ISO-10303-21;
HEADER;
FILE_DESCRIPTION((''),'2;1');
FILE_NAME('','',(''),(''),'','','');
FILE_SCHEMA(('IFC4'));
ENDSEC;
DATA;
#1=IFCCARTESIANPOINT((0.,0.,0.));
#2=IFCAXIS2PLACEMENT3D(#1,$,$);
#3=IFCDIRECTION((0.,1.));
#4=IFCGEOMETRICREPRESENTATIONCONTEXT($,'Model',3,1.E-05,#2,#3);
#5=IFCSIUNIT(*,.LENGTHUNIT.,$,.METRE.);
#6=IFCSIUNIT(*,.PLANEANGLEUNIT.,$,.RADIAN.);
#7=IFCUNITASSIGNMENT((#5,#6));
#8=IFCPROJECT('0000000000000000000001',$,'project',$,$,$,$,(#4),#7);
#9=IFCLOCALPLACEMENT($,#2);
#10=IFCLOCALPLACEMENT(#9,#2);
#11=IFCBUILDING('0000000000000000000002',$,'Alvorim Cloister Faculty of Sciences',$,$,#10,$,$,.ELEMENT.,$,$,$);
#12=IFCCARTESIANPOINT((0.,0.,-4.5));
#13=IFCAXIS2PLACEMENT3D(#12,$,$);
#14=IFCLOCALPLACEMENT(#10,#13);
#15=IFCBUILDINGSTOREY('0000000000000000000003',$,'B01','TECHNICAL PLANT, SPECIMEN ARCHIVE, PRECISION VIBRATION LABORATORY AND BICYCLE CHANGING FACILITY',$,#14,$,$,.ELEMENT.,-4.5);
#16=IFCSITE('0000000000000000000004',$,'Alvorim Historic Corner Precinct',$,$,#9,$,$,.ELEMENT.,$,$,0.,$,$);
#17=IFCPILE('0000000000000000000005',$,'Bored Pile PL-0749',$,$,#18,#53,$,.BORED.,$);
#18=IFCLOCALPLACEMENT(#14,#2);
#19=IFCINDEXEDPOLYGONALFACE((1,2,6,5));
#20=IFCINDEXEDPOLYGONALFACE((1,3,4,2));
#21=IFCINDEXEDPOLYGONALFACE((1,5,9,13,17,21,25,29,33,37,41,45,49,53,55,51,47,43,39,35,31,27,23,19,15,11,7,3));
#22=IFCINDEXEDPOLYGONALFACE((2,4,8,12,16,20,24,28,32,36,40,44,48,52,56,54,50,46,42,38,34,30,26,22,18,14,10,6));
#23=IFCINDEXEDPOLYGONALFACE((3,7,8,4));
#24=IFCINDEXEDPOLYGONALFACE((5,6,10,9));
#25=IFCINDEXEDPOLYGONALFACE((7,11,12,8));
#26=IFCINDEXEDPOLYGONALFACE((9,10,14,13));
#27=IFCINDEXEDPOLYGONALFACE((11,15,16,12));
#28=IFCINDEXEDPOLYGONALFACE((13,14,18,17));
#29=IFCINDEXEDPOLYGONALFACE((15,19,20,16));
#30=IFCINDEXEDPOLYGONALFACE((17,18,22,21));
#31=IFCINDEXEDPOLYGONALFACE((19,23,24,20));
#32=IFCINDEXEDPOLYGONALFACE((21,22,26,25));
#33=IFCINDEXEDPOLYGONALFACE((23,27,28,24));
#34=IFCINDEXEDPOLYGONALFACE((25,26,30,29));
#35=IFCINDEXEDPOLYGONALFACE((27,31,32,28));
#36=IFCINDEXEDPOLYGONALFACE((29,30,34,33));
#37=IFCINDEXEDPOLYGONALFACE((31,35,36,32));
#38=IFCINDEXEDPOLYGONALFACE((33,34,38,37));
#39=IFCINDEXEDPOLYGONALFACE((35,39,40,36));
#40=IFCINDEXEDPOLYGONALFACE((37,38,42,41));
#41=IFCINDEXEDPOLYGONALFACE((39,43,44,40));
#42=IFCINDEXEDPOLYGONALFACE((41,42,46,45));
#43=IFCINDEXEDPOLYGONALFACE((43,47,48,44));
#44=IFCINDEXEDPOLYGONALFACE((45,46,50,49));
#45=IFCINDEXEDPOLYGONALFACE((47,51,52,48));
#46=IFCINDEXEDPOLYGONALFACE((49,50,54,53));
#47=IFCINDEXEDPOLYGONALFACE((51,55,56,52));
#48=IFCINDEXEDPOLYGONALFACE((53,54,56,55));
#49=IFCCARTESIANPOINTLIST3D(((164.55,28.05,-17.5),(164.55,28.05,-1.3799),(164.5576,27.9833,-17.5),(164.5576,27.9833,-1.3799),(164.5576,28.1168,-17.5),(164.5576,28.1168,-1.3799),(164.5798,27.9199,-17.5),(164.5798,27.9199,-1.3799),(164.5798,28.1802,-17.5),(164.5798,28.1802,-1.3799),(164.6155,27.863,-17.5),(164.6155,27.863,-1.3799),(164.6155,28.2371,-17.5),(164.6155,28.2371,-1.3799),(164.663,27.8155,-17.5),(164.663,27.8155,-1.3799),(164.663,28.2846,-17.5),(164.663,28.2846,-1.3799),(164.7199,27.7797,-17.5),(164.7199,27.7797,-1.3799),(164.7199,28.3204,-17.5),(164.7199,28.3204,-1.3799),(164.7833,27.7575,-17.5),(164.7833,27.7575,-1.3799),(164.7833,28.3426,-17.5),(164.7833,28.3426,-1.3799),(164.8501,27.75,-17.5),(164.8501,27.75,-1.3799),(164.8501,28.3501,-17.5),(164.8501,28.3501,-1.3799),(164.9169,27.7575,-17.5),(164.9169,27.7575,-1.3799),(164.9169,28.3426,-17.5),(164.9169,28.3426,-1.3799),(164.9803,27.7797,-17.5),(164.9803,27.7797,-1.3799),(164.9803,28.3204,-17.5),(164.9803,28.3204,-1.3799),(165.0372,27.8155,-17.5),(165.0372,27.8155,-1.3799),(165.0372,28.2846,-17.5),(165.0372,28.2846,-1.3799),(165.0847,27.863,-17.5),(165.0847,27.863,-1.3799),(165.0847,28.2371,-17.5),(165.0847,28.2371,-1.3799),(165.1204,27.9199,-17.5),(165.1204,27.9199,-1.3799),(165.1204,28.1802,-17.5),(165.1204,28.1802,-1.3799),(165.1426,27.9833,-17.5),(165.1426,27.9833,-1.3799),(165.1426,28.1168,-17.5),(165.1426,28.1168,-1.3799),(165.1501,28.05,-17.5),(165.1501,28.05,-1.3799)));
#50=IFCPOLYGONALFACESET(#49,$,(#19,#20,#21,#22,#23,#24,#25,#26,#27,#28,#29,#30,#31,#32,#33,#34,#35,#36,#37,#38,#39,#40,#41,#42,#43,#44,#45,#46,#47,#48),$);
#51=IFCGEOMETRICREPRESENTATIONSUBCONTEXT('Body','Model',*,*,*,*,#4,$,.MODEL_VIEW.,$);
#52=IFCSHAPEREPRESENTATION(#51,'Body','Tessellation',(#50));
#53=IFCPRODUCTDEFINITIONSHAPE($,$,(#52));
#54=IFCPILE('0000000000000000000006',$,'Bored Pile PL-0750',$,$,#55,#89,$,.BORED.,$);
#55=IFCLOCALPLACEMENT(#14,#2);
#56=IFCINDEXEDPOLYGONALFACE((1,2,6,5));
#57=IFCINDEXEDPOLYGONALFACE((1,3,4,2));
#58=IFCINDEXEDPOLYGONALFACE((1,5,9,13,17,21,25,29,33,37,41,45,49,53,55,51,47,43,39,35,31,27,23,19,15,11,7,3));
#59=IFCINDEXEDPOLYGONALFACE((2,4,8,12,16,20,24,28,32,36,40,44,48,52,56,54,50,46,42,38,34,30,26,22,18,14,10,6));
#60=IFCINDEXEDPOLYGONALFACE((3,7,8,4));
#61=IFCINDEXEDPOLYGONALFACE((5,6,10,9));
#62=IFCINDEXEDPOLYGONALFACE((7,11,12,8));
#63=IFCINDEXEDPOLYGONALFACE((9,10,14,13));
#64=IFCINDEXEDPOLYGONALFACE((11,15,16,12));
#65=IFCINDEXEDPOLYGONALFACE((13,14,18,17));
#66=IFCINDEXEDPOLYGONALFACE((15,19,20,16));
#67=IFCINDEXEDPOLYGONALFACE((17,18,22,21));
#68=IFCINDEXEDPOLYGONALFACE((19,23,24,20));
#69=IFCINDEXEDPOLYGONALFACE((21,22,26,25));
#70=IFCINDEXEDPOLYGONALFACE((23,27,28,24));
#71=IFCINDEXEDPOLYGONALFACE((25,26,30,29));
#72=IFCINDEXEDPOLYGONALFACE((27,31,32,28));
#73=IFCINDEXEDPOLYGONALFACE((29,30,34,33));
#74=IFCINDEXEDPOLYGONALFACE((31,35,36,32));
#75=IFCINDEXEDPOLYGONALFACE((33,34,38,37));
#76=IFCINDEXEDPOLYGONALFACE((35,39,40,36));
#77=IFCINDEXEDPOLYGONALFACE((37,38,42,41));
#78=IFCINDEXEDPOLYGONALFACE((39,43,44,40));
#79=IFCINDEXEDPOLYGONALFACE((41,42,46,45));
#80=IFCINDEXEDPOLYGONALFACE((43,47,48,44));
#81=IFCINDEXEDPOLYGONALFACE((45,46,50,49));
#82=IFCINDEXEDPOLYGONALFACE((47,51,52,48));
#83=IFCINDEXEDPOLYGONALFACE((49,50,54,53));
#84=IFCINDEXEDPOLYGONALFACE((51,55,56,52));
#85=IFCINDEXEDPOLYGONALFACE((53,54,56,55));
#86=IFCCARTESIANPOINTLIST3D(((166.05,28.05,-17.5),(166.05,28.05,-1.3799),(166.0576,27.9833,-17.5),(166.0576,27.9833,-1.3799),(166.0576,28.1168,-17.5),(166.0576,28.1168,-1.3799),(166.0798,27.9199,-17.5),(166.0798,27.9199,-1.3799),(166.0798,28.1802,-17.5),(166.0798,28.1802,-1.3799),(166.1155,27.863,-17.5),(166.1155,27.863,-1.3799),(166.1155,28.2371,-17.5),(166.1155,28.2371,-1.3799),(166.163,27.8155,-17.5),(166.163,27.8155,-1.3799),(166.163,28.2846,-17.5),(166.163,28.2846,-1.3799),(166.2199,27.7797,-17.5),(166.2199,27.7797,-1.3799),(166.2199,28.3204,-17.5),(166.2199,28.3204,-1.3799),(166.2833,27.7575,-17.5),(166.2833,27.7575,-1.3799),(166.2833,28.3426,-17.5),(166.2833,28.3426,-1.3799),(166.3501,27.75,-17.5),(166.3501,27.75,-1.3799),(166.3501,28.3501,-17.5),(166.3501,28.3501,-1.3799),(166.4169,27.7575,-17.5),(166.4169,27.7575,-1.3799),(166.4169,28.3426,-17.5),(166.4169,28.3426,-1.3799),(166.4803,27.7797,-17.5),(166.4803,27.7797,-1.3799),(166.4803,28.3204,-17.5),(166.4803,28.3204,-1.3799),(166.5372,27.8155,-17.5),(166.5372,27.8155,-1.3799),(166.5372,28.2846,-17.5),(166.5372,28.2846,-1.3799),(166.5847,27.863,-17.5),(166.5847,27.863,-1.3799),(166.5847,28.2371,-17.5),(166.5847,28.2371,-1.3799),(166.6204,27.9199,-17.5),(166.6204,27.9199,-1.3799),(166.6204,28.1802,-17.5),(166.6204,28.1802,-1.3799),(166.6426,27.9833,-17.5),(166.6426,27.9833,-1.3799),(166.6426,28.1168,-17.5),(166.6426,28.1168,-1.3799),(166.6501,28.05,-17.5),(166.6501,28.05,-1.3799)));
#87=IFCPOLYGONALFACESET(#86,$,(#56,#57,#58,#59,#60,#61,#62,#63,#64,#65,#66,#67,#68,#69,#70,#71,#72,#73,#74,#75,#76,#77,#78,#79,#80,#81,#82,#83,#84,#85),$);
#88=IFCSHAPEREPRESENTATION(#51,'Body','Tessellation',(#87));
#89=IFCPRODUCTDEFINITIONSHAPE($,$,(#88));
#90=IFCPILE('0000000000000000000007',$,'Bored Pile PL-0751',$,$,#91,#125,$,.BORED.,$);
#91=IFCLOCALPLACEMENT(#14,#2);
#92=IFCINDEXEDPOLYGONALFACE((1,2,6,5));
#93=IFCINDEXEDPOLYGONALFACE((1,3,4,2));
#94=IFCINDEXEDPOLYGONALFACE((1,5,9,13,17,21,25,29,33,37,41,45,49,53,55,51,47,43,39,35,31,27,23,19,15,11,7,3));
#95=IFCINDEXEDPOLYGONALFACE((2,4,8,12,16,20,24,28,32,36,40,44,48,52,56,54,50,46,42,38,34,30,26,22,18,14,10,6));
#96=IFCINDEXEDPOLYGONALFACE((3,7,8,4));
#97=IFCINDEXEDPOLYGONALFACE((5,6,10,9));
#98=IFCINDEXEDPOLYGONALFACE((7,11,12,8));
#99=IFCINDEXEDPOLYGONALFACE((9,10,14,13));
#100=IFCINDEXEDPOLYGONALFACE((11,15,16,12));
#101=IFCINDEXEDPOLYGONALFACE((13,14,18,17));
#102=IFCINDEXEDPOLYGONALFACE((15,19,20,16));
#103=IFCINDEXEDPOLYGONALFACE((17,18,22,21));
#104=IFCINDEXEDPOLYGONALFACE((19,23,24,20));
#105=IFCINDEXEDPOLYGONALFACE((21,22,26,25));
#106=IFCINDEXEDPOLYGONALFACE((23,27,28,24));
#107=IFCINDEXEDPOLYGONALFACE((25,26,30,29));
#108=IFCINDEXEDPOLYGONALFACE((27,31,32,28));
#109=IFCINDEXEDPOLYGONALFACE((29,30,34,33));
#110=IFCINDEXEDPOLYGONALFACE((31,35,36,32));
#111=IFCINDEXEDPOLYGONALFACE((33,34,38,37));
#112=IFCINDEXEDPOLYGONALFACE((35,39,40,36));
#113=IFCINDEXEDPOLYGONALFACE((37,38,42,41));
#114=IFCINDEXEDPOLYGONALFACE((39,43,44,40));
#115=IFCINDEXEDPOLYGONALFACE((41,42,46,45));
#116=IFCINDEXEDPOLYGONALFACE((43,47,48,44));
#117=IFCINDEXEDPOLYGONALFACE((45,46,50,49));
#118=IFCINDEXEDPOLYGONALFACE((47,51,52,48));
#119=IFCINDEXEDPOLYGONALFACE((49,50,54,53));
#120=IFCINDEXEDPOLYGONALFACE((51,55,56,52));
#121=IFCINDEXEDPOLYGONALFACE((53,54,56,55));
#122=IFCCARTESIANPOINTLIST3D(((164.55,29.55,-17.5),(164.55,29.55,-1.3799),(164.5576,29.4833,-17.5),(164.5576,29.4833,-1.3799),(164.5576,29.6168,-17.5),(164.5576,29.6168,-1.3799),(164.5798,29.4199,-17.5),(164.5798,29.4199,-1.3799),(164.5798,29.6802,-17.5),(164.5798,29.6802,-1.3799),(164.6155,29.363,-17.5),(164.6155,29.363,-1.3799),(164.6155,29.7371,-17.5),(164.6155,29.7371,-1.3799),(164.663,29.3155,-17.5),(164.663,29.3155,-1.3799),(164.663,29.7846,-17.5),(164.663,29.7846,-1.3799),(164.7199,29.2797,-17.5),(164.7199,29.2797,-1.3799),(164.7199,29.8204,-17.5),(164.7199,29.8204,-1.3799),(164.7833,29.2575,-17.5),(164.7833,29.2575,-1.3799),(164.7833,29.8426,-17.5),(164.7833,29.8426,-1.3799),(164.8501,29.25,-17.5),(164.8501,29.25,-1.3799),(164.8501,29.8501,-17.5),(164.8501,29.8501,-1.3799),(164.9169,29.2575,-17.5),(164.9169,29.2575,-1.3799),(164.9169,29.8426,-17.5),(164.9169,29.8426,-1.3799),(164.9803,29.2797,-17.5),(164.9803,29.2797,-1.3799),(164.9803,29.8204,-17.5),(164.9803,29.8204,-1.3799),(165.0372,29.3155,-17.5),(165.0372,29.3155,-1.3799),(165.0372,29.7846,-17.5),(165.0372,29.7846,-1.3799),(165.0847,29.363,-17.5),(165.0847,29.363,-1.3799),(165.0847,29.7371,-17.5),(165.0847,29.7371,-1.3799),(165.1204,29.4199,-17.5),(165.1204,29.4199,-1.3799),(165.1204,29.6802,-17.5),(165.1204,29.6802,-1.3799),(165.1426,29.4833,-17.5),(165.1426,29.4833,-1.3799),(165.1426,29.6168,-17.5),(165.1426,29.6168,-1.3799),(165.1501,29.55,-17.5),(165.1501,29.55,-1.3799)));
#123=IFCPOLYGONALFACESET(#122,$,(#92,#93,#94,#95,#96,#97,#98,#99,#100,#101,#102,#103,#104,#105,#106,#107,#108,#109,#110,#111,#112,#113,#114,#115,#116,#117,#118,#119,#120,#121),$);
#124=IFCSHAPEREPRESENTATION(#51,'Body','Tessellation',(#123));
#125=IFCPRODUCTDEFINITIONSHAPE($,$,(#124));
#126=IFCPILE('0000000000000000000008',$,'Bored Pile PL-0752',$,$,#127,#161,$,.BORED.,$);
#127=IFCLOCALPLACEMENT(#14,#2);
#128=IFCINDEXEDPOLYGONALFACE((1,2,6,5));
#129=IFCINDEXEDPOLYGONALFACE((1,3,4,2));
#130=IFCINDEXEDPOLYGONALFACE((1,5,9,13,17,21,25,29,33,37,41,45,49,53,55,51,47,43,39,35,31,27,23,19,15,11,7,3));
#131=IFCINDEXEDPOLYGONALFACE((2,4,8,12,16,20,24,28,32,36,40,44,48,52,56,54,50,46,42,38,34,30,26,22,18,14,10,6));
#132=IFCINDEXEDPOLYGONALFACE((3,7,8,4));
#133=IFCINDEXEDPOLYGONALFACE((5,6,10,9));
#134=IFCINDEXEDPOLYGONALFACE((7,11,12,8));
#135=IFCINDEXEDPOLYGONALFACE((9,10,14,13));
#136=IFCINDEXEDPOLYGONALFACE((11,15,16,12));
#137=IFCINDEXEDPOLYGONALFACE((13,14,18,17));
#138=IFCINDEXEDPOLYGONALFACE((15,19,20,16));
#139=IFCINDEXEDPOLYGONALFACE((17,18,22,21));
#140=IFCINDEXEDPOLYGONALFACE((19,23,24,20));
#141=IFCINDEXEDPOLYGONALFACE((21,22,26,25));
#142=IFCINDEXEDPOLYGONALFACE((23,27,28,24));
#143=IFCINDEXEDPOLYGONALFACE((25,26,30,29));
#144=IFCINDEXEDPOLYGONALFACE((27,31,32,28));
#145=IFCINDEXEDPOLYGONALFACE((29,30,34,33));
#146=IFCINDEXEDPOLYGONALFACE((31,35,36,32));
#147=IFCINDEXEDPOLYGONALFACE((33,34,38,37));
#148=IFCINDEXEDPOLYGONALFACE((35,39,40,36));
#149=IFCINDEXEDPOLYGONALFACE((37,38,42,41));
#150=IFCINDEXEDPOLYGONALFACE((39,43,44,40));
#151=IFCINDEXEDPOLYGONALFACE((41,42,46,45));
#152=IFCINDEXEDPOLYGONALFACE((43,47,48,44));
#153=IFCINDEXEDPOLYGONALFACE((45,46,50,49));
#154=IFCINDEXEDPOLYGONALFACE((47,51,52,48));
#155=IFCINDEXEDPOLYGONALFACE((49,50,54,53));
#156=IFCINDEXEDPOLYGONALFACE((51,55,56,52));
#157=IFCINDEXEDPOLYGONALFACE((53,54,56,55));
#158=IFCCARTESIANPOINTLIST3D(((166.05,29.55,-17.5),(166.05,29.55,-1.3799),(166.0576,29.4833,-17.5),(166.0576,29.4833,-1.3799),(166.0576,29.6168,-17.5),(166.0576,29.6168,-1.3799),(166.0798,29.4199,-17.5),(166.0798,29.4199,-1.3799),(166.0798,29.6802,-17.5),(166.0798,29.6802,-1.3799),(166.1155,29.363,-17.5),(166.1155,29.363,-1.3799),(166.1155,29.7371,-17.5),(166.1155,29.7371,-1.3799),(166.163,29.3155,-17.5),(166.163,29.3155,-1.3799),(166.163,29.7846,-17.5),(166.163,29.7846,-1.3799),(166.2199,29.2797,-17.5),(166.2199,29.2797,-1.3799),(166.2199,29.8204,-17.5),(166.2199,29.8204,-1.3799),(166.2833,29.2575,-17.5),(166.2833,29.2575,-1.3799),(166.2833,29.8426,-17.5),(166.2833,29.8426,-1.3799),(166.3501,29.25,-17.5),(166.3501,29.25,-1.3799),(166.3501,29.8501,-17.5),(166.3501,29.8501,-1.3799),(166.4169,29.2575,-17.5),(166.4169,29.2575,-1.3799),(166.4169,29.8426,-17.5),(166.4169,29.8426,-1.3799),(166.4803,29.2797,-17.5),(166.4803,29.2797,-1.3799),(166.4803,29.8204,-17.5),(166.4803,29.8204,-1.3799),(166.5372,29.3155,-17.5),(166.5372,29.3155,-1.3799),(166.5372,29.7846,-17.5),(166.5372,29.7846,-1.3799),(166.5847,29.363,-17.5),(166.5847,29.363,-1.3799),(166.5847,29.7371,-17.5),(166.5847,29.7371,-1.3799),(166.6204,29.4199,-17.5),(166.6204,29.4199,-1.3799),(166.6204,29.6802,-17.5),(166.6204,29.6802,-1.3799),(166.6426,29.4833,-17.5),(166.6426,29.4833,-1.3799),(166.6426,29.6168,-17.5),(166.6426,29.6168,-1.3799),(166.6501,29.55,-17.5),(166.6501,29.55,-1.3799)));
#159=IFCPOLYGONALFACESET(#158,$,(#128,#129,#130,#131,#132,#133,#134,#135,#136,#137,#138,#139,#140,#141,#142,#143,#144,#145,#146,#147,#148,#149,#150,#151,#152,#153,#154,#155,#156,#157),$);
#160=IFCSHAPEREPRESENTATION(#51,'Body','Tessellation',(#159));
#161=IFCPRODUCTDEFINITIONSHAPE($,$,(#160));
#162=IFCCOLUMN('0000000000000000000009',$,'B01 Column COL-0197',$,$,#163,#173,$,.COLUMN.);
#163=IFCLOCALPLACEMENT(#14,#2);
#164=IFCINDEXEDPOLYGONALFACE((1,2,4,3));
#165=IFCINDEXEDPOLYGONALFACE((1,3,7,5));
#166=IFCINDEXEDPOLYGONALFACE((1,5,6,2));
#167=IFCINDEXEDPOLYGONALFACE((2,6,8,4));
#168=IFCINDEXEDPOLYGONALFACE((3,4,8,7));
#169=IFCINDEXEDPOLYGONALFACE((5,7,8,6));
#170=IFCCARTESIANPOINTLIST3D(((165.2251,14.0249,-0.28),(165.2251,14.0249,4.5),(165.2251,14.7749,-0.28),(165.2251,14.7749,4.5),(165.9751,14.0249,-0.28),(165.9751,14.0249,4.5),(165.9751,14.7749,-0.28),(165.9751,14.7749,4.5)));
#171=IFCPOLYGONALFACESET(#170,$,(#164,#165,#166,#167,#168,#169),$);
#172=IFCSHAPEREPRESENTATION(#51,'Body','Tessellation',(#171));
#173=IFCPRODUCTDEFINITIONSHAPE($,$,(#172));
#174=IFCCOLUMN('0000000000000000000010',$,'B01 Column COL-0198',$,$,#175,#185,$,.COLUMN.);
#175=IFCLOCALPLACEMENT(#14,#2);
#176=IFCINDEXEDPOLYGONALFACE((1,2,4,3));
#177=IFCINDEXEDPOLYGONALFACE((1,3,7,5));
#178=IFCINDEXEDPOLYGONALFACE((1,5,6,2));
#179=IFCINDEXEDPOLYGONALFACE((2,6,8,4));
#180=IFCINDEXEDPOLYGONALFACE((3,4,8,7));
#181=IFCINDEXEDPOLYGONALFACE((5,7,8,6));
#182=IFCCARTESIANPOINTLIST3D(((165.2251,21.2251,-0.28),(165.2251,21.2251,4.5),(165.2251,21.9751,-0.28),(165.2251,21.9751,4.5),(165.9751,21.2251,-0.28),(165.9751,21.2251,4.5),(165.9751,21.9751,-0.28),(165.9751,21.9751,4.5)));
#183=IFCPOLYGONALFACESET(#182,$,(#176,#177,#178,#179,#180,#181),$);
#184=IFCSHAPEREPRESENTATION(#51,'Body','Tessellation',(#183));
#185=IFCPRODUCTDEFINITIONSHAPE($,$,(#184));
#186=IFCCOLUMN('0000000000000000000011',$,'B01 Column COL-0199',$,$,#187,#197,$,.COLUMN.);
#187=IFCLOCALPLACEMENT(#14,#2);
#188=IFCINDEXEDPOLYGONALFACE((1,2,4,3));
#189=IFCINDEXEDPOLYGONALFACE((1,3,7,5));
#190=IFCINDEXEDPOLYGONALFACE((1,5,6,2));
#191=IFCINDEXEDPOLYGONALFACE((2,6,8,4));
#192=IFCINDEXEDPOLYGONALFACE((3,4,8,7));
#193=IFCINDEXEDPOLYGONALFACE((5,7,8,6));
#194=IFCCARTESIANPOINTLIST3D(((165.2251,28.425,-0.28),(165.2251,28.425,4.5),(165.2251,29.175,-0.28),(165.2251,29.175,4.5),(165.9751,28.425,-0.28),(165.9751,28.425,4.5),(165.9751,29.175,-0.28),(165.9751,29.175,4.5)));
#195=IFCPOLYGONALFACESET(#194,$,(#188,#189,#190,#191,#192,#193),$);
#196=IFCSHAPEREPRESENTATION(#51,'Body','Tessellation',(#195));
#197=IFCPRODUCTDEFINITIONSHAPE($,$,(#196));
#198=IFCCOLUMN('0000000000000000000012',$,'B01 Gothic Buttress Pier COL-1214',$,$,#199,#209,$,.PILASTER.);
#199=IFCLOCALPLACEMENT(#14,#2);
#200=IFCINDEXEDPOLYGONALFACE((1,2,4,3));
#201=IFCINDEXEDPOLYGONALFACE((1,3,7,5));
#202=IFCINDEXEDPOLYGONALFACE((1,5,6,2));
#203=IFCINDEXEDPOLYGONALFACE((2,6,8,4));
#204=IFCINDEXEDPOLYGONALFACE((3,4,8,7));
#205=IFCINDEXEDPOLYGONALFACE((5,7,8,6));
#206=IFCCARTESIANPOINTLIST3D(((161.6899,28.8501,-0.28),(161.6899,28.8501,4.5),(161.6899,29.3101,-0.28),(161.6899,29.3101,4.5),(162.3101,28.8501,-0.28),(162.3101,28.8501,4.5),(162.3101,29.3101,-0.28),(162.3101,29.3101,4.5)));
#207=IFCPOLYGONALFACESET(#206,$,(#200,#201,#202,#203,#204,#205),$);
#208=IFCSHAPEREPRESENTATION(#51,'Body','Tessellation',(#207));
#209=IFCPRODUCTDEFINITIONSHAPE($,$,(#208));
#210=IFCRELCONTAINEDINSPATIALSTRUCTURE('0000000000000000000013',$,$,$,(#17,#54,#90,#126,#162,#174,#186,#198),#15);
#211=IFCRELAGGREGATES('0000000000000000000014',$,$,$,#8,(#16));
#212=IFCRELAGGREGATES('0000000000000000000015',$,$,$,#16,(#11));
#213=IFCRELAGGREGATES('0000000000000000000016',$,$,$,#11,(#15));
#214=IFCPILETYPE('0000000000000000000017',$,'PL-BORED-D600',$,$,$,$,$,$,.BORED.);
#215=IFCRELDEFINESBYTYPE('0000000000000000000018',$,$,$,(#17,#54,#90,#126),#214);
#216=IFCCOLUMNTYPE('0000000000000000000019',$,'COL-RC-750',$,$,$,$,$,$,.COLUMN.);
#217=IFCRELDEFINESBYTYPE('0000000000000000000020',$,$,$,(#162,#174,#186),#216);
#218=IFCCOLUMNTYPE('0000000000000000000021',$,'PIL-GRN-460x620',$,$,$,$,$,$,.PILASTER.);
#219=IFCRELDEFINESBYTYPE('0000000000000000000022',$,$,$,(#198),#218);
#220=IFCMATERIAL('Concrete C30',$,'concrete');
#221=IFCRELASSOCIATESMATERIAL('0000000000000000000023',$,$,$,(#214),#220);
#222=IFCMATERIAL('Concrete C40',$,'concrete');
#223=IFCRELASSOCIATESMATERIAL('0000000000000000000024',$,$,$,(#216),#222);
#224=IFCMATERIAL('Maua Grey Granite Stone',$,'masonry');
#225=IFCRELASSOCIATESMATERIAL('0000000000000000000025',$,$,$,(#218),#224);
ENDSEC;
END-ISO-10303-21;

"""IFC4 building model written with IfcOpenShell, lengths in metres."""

from ifc_helpers import new_model, si_unit, direction, frame, origin, origin_2d, place, context, subcontext, project, spatial, rectangle, circle, extrude, material, material_profile, profile_set, type_object, element, save


model = new_model("IFC4")

# Units and contexts
model_context = context("Model", 3, precision=1e-05, world=origin(), true_north=direction((0.0, 1.0)))
body_context = subcontext(model_context, "Body", "Model", "MODEL_VIEW")
ifc_project = project(units=[si_unit("LENGTHUNIT", "METRE"), si_unit("PLANEANGLEUNIT", "RADIAN")], contexts=[model_context])

# Site, building, storey
site_placement = place(None, origin())
site = spatial("IfcSite", under=ifc_project, at=site_placement, Name="Alvorim Historic Corner Precinct", CompositionType="ELEMENT", RefElevation=0.0)
building_placement = place(site_placement, origin())
building = spatial("IfcBuilding", under=site, at=building_placement, Name="Alvorim Cloister Faculty of Sciences", CompositionType="ELEMENT")
storey_placement = place(building_placement, frame((0.0, 0.0, -4.5)))
storey = spatial("IfcBuildingStorey", under=building, at=storey_placement, Name="B01", Description="TECHNICAL PLANT, SPECIMEN ARCHIVE, PRECISION VIBRATION LABORATORY AND BICYCLE CHANGING FACILITY", CompositionType="ELEMENT", Elevation=-4.5)

# Shared definitions
ifc_material_1 = material(Name="Concrete C40", Category="concrete")

# Piles
ifc_material_2 = material(Name="Concrete C30", Category="concrete")
ifc_material_profile_1 = material_profile(ifc_material_2, circle(Radius=0.3, at=origin_2d()), Name="PILE-D600")
ifc_profile_set_1 = profile_set([ifc_material_profile_1], Name="Concrete C30")
pile_type = type_object("IfcPileType", Name="PL-BORED-D600", PredefinedType="BORED", material=ifc_profile_set_1)
for number, where, z_axis, x_axis, name in (
    (1, (164.8501, 28.05, -1.3799), (0.0, 0.0, -1.0), (1.0, 0.0, 0.0), "Bored Pile PL-0749"),
    (2, (166.3501, 28.05, -1.3799), (0.0, 0.0, -1.0), (1.0, 0.0, 0.0), "Bored Pile PL-0750"),
    (3, (164.8501, 29.55, -1.3799), (0.0, 0.0, -1.0), (1.0, 0.0, 0.0), "Bored Pile PL-0751"),
    (4, (166.3501, 29.55, -1.3799), (0.0, 0.0, -1.0), (1.0, 0.0, 0.0), "Bored Pile PL-0752"),
):
    element("IfcPile", number, at=place(storey_placement, frame(where, z_axis=z_axis, x_axis=x_axis)), inside=storey, type_object=pile_type, Name=name, PredefinedType="BORED", context=body_context, shape_type="SweptSolid", body=[
        extrude(circle(Radius=0.3, at=origin_2d()), origin(), (0.0, 0.0, 1.0), 16.1201),
    ])

# Columns
ifc_material_profile_2 = material_profile(ifc_material_1, rectangle(XDim=0.75, YDim=0.75, at=origin_2d()), Name="RC40-COL-750x750")
ifc_profile_set_2 = profile_set([ifc_material_profile_2], Name="Concrete C40")
column_type_1 = type_object("IfcColumnType", Name="COL-RC-750", PredefinedType="COLUMN", material=ifc_profile_set_2)
for number, where, z_axis, x_axis, name in (
    (5, (165.6001, 14.3999, -0.28), (0.0, 0.0, 1.0), (1.0, 0.0, 0.0), "B01 Column COL-0197"),
    (6, (165.6001, 21.6001, -0.28), (0.0, 0.0, 1.0), (1.0, 0.0, 0.0), "B01 Column COL-0198"),
    (7, (165.6001, 28.8, -0.28), (0.0, 0.0, 1.0), (1.0, 0.0, 0.0), "B01 Column COL-0199"),
):
    element("IfcColumn", number, at=place(storey_placement, frame(where, z_axis=z_axis, x_axis=x_axis)), inside=storey, type_object=column_type_1, Name=name, PredefinedType="COLUMN", context=body_context, shape_type="SweptSolid", body=[
        extrude(rectangle(XDim=0.75, YDim=0.75, at=origin_2d()), origin(), (0.0, 0.0, 1.0), 4.78),
    ])
ifc_material_3 = material(Name="Maua Grey Granite Stone", Category="masonry")
ifc_material_profile_3 = material_profile(ifc_material_3, rectangle(XDim=0.46, YDim=0.6201, at=origin_2d()), Name="GRN-PIER-460x620")
ifc_profile_set_3 = profile_set([ifc_material_profile_3], Name="Maua Grey Granite Stone")
column_type_2 = type_object("IfcColumnType", Name="PIL-GRN-460x620", PredefinedType="PILASTER", material=ifc_profile_set_3)
column_placement = place(storey_placement, frame((162.0, 29.0801, -0.28), z_axis=(0.0, 0.0, 1.0), x_axis=(0.0, 1.0, 0.0)))
element("IfcColumn", 8, at=column_placement, inside=storey, type_object=column_type_2, Name="B01 Gothic Buttress Pier COL-1214", PredefinedType="PILASTER", context=body_context, shape_type="SweptSolid", body=[
    extrude(rectangle(XDim=0.46, YDim=0.6201, at=origin_2d()), origin(), (0.0, 0.0, 1.0), 4.78),
])

save(model, "model.ifc")
